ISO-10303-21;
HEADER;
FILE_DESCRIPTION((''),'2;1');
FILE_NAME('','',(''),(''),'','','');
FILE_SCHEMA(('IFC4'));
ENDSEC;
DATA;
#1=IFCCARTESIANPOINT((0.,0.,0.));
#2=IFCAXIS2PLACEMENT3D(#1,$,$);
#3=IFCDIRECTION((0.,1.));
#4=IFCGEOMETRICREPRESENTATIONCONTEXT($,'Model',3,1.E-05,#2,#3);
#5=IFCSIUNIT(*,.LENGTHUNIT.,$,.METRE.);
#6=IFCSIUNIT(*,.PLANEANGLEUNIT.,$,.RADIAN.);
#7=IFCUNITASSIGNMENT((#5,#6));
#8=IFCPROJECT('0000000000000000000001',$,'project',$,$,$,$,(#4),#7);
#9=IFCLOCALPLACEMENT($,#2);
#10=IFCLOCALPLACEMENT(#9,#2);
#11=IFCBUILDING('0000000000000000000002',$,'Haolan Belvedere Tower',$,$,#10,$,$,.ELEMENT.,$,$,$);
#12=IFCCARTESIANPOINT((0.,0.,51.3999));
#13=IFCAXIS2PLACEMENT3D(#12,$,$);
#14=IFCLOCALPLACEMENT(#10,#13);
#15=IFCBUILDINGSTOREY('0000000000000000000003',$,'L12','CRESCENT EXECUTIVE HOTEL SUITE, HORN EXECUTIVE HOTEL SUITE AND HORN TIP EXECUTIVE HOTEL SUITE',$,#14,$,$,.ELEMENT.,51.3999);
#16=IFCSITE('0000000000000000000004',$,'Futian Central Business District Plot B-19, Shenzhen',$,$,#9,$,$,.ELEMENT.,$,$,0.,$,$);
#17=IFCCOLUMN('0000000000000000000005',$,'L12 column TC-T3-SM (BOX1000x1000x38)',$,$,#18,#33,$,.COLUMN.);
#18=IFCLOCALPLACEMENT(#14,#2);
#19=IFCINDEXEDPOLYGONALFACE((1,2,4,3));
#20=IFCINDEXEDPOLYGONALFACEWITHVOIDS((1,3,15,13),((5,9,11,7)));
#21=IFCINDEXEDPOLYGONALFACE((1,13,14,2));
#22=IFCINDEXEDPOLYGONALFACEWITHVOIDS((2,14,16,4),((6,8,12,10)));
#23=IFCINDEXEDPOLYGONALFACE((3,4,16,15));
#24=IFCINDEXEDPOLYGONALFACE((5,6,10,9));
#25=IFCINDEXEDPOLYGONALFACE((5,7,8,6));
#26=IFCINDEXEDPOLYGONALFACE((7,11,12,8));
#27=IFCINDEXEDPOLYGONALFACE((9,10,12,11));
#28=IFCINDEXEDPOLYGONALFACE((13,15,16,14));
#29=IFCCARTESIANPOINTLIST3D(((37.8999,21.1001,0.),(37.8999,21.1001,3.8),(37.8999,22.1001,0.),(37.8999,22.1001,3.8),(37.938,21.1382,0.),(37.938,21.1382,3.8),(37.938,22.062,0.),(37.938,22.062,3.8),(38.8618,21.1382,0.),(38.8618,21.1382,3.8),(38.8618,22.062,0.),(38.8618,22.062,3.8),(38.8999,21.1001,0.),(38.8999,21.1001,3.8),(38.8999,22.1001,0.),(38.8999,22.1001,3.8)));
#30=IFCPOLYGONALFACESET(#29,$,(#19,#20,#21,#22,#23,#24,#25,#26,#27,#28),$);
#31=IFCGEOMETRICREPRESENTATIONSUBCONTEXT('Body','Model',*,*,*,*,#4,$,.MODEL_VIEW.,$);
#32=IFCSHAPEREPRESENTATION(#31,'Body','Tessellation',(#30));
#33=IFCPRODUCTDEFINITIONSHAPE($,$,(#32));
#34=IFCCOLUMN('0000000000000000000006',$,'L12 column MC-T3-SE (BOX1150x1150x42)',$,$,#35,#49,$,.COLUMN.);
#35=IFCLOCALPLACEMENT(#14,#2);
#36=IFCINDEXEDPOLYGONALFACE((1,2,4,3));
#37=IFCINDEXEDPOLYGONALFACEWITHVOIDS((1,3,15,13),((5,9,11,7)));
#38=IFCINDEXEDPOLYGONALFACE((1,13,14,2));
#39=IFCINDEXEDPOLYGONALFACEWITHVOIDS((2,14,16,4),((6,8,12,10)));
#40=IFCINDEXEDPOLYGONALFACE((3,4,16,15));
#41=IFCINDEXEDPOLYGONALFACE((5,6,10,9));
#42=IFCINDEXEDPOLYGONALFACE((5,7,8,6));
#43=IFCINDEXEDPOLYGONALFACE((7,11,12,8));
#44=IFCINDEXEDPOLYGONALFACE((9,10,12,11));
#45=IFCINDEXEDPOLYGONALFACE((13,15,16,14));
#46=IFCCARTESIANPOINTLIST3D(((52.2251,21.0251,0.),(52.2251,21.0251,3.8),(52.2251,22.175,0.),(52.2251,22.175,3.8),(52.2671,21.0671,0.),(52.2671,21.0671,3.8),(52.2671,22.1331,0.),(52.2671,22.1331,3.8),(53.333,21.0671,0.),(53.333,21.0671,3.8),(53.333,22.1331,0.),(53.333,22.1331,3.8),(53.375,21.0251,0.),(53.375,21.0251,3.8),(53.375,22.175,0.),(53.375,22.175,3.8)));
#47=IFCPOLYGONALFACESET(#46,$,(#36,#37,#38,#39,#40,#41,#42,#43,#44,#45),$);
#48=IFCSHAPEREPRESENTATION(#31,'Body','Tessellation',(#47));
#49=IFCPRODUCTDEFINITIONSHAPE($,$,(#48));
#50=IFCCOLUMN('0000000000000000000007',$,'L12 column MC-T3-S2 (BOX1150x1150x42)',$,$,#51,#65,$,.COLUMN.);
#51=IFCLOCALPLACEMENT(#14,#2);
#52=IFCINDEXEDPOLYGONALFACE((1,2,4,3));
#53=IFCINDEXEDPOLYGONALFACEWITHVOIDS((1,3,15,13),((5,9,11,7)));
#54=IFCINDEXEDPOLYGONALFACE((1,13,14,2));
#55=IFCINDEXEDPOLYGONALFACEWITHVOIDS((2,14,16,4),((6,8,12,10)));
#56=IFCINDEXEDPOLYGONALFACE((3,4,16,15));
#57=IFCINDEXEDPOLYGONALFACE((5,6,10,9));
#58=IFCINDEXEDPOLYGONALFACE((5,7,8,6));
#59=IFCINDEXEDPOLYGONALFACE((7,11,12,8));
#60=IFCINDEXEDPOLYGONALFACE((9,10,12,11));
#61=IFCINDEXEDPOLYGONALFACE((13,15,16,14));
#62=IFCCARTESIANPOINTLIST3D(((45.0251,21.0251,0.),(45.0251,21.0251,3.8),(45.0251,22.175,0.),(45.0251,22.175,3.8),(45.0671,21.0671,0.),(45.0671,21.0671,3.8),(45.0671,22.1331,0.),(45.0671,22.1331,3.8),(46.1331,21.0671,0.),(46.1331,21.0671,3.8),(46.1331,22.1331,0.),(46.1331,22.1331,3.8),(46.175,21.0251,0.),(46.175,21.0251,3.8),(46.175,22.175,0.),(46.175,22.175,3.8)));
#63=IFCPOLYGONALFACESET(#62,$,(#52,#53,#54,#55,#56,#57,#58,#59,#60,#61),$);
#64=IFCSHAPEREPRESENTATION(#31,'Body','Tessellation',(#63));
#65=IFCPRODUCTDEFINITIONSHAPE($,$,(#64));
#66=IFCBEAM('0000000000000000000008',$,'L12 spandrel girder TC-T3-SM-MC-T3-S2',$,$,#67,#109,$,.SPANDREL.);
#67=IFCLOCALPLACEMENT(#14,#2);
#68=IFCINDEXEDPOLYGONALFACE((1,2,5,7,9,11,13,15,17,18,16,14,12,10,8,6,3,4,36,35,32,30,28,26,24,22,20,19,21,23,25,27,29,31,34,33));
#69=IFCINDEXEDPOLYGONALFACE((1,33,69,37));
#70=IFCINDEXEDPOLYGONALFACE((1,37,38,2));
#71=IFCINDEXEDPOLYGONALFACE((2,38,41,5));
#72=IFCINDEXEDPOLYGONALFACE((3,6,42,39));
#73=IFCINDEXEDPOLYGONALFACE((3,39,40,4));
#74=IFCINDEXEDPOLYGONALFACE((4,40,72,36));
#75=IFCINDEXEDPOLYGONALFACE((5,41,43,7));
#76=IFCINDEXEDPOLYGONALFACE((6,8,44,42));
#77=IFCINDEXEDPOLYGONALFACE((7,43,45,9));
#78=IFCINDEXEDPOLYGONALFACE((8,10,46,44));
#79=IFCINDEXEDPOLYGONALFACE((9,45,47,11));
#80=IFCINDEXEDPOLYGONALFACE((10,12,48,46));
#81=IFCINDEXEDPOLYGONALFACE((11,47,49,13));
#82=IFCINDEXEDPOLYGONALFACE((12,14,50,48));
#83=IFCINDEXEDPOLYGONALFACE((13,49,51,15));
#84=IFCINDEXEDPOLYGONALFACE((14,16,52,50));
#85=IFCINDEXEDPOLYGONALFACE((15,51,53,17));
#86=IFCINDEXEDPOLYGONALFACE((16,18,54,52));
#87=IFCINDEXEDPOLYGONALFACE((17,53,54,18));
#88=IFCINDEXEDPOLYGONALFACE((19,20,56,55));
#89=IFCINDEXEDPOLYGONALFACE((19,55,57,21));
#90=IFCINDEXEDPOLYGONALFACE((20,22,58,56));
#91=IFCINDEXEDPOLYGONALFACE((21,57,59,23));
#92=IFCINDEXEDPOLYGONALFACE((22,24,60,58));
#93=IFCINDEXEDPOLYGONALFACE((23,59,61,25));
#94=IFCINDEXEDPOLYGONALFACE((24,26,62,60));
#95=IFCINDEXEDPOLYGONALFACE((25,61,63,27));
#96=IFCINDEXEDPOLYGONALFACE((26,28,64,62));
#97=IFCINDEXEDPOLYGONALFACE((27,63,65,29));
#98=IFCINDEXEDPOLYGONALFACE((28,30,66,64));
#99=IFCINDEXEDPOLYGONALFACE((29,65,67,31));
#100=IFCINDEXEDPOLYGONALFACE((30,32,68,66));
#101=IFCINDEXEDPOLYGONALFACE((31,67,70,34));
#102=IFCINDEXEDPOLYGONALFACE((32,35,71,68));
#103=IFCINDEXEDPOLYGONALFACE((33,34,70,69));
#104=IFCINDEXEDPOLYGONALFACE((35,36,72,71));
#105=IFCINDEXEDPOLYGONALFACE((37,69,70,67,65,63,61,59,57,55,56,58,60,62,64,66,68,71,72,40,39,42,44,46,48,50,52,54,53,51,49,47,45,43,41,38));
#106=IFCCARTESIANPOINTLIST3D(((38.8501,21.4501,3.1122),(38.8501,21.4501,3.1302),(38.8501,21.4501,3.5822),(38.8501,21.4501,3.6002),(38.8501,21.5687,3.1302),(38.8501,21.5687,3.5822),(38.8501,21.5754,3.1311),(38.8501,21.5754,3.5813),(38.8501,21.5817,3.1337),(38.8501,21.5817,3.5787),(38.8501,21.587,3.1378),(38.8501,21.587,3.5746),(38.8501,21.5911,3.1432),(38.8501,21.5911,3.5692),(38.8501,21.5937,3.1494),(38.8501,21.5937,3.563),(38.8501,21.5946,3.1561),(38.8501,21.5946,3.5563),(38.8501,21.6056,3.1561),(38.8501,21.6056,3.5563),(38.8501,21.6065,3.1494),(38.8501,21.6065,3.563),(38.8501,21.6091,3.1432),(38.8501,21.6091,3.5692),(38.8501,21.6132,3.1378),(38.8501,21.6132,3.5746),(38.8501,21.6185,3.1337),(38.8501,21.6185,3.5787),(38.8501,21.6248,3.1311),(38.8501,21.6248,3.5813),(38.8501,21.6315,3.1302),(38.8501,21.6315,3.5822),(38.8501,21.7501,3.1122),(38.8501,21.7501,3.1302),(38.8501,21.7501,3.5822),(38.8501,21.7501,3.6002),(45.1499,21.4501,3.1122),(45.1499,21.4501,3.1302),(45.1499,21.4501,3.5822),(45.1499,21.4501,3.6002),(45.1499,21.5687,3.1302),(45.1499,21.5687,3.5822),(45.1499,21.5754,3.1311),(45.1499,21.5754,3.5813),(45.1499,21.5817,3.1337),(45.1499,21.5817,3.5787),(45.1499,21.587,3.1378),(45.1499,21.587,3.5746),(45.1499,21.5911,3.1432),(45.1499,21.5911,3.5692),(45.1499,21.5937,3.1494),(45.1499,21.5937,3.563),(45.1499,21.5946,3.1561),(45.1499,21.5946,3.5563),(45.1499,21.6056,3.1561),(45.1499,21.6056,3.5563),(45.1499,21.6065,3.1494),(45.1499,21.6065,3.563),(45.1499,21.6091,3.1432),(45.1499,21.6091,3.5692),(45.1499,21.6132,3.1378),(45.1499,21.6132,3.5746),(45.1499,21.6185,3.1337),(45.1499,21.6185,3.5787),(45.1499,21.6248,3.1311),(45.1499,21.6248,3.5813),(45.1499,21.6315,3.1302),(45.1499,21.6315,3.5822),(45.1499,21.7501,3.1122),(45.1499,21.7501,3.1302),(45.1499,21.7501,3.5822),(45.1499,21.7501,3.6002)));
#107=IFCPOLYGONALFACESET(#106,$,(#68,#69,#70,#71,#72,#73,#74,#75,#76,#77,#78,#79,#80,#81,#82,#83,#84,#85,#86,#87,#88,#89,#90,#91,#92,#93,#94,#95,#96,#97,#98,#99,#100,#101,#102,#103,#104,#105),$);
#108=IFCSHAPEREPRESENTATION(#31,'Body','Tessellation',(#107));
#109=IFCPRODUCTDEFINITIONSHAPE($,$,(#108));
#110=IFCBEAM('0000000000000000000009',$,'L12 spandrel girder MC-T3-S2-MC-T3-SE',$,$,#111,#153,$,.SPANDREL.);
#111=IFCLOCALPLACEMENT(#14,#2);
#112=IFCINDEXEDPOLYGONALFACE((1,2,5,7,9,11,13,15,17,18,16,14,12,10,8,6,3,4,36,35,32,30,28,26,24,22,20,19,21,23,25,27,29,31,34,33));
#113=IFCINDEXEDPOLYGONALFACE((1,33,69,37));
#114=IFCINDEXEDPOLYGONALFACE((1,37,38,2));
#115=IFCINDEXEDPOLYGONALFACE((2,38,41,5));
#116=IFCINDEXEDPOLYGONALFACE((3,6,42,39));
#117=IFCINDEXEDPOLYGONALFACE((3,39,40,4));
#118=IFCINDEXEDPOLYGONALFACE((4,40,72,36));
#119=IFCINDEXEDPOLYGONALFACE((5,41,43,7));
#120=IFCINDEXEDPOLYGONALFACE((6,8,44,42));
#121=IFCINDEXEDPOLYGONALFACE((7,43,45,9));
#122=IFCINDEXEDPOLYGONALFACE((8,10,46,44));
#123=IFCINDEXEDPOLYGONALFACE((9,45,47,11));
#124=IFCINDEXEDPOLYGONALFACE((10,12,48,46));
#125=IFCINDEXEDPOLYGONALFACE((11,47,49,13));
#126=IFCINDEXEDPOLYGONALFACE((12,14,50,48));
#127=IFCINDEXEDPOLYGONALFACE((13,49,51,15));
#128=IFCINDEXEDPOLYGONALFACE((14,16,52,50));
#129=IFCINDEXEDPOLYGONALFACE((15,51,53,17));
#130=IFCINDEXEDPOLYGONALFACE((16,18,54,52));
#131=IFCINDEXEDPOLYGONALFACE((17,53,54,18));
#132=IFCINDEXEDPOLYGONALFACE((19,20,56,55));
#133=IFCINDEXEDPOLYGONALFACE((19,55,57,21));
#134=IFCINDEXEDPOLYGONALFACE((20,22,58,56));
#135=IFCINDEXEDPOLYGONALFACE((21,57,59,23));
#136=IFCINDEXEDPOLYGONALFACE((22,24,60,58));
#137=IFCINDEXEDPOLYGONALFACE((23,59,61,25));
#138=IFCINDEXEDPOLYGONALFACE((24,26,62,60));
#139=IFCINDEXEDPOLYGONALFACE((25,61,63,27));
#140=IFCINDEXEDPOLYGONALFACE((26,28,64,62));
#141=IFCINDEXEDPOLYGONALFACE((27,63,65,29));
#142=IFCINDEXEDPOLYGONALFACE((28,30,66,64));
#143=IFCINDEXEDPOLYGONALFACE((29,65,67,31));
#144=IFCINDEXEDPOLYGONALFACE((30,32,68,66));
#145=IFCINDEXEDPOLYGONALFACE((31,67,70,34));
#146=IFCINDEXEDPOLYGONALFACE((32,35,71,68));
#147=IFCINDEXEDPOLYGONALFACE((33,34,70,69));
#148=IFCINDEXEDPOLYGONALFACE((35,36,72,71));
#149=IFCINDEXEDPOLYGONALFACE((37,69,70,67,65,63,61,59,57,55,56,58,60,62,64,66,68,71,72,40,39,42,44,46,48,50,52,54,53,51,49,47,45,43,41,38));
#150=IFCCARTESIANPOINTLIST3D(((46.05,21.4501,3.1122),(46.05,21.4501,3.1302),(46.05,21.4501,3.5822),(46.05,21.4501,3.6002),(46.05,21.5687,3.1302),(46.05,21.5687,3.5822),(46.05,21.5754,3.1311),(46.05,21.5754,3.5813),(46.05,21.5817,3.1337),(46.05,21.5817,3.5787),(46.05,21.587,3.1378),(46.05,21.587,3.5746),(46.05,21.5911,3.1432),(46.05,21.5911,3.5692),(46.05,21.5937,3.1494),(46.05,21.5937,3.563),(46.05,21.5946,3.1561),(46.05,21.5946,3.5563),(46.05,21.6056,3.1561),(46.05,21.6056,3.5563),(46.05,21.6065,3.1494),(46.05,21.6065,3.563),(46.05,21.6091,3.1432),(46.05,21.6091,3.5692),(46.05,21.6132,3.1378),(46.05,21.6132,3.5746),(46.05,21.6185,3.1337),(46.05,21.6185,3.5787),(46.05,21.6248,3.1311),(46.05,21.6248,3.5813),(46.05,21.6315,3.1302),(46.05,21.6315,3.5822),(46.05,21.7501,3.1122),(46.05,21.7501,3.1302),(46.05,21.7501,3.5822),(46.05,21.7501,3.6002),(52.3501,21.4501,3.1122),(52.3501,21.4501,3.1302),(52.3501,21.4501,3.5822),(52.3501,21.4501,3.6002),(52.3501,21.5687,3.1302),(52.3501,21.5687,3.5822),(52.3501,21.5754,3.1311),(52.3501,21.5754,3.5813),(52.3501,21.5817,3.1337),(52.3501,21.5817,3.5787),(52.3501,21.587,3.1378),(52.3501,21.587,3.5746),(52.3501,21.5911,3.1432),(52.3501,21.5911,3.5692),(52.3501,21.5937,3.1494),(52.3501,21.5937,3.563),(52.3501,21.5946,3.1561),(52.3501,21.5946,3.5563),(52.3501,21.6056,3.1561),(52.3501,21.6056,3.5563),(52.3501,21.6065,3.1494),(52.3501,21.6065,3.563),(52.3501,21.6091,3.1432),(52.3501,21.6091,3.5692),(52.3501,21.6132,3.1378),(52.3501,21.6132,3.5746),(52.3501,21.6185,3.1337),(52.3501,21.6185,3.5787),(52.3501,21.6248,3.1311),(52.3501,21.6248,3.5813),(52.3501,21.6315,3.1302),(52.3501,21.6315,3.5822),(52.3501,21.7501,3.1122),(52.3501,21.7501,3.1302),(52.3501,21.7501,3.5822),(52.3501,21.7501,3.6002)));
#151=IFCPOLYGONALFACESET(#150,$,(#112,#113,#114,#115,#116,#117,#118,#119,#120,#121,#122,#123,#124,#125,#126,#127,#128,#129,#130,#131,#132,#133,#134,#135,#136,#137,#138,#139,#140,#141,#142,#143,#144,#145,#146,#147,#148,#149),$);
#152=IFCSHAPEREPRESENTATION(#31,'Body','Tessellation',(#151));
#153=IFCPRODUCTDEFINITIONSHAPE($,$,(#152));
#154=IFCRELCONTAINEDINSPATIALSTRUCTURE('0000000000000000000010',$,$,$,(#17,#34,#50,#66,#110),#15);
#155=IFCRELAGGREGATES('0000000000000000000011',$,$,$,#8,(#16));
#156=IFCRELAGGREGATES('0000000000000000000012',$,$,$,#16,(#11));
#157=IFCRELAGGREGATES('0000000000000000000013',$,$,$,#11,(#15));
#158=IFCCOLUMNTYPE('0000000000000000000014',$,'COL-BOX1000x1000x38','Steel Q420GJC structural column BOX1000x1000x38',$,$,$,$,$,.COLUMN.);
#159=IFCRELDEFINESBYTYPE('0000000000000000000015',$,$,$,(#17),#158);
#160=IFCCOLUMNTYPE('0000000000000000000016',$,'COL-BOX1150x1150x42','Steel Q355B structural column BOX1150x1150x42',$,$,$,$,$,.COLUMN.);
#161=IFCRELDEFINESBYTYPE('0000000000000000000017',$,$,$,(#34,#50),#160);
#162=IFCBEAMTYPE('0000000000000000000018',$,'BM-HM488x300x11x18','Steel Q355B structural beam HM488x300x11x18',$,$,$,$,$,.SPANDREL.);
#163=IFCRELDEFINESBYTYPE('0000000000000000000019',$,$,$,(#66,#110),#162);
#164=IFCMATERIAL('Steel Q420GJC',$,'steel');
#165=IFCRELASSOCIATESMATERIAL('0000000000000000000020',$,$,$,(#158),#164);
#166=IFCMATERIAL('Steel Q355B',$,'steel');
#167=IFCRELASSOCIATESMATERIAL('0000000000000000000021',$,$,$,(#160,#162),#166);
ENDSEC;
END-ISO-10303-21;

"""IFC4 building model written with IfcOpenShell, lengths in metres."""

from ifc_helpers import new_model, si_unit, direction, frame, origin, origin_2d, place, context, subcontext, project, spatial, hollow_rectangle, i_section, extrude, material, material_profile, profile_set, type_object, element, save


model = new_model("IFC4")

# Units and contexts
model_context = context("Model", 3, precision=1e-05, world=origin(), true_north=direction((0.0, 1.0)))
body_context = subcontext(model_context, "Body", "Model", "MODEL_VIEW")
ifc_project = project(units=[si_unit("LENGTHUNIT", "METRE"), si_unit("PLANEANGLEUNIT", "RADIAN")], contexts=[model_context])

# Site, building, storey
site_placement = place(None, origin())
site = spatial("IfcSite", under=ifc_project, at=site_placement, Name="Futian Central Business District Plot B-19, Shenzhen", CompositionType="ELEMENT", RefElevation=0.0)
building_placement = place(site_placement, origin())
building = spatial("IfcBuilding", under=site, at=building_placement, Name="Haolan Belvedere Tower", CompositionType="ELEMENT")
storey_placement = place(building_placement, frame((0.0, 0.0, 51.3999)))
storey = spatial("IfcBuildingStorey", under=building, at=storey_placement, Name="L12", Description="CRESCENT EXECUTIVE HOTEL SUITE, HORN EXECUTIVE HOTEL SUITE AND HORN TIP EXECUTIVE HOTEL SUITE", CompositionType="ELEMENT", Elevation=51.3999)

# Columns
ifc_material_1 = material(Name="Steel Q420GJC", Category="steel")
ifc_material_profile_1 = material_profile(ifc_material_1, hollow_rectangle(XDim=1.0, YDim=1.0, WallThickness=0.0381, at=origin_2d()), Name="Steel Q420GJC")
ifc_profile_set_1 = profile_set([ifc_material_profile_1], Name="Steel Q420GJC")
column_type_1 = type_object("IfcColumnType", Name="COL-BOX1000x1000x38", Description="Steel Q420GJC structural column BOX1000x1000x38", PredefinedType="COLUMN", material=ifc_profile_set_1)
column_placement = place(storey_placement, frame((38.3999, 21.6001, 0.0), z_axis=(0.0, 0.0, 1.0), x_axis=(1.0, 0.0, 0.0)))
element("IfcColumn", 1, at=column_placement, inside=storey, type_object=column_type_1, Name="L12 column TC-T3-SM (BOX1000x1000x38)", PredefinedType="COLUMN", context=body_context, shape_type="SweptSolid", body=[
    extrude(hollow_rectangle(XDim=1.0, YDim=1.0, WallThickness=0.0381, at=origin_2d()), origin(), (0.0, 0.0, 1.0), 3.8),
])
ifc_material_2 = material(Name="Steel Q355B", Category="steel")
ifc_material_profile_2 = material_profile(ifc_material_2, hollow_rectangle(XDim=1.1499, YDim=1.1499, WallThickness=0.042, at=origin_2d()), Name="Steel Q355B")
ifc_profile_set_2 = profile_set([ifc_material_profile_2], Name="Steel Q355B")
column_type_2 = type_object("IfcColumnType", Name="COL-BOX1150x1150x42", Description="Steel Q355B structural column BOX1150x1150x42", PredefinedType="COLUMN", material=ifc_profile_set_2)
for number, where, z_axis, x_axis, name in (
    (2, (52.8, 21.6001, 0.0), (0.0, 0.0, 1.0), (1.0, 0.0, 0.0), "L12 column MC-T3-SE (BOX1150x1150x42)"),
    (3, (45.6001, 21.6001, 0.0), (0.0, 0.0, 1.0), (1.0, 0.0, 0.0), "L12 column MC-T3-S2 (BOX1150x1150x42)"),
):
    element("IfcColumn", number, at=place(storey_placement, frame(where, z_axis=z_axis, x_axis=x_axis)), inside=storey, type_object=column_type_2, Name=name, PredefinedType="COLUMN", context=body_context, shape_type="SweptSolid", body=[
        extrude(hollow_rectangle(XDim=1.1499, YDim=1.1499, WallThickness=0.042, at=origin_2d()), origin(), (0.0, 0.0, 1.0), 3.8),
    ])

# Beams
ifc_material_profile_3 = material_profile(ifc_material_2, i_section(OverallWidth=0.3, OverallDepth=0.488, WebThickness=0.011, FlangeThickness=0.0181, FilletRadius=0.0259, at=origin_2d()), Name="Steel Q355B")
ifc_profile_set_3 = profile_set([ifc_material_profile_3], Name="Steel Q355B")
beam_type_1 = type_object("IfcBeamType", Name="BM-HM488x300x11x18", Description="Steel Q355B structural beam HM488x300x11x18", PredefinedType="SPANDREL", material=ifc_profile_set_3)
beam_1_placement = place(storey_placement, frame((38.8501, 21.6001, 3.3562), z_axis=(1.0, 0.0, 0.0), x_axis=(0.0, 1.0, 0.0)))
element("IfcBeam", 4, at=beam_1_placement, inside=storey, type_object=beam_type_1, Name="L12 spandrel girder TC-T3-SM-MC-T3-S2", PredefinedType="SPANDREL", context=body_context, shape_type="SweptSolid", body=[
    extrude(i_section(OverallWidth=0.3, OverallDepth=0.488, WebThickness=0.011, FlangeThickness=0.0181, FilletRadius=0.0259, at=origin_2d()), origin(), (0.0, 0.0, 1.0), 6.2998),
])
beam_2_placement = place(storey_placement, frame((46.05, 21.6001, 3.3562), z_axis=(1.0, 0.0, 0.0), x_axis=(0.0, 1.0, 0.0)))
element("IfcBeam", 5, at=beam_2_placement, inside=storey, type_object=beam_type_1, Name="L12 spandrel girder MC-T3-S2-MC-T3-SE", PredefinedType="SPANDREL", context=body_context, shape_type="SweptSolid", body=[
    extrude(i_section(OverallWidth=0.3, OverallDepth=0.488, WebThickness=0.011, FlangeThickness=0.0181, FilletRadius=0.0259, at=origin_2d()), origin(), (0.0, 0.0, 1.0), 6.3),
])

save(model, "model.ifc")
